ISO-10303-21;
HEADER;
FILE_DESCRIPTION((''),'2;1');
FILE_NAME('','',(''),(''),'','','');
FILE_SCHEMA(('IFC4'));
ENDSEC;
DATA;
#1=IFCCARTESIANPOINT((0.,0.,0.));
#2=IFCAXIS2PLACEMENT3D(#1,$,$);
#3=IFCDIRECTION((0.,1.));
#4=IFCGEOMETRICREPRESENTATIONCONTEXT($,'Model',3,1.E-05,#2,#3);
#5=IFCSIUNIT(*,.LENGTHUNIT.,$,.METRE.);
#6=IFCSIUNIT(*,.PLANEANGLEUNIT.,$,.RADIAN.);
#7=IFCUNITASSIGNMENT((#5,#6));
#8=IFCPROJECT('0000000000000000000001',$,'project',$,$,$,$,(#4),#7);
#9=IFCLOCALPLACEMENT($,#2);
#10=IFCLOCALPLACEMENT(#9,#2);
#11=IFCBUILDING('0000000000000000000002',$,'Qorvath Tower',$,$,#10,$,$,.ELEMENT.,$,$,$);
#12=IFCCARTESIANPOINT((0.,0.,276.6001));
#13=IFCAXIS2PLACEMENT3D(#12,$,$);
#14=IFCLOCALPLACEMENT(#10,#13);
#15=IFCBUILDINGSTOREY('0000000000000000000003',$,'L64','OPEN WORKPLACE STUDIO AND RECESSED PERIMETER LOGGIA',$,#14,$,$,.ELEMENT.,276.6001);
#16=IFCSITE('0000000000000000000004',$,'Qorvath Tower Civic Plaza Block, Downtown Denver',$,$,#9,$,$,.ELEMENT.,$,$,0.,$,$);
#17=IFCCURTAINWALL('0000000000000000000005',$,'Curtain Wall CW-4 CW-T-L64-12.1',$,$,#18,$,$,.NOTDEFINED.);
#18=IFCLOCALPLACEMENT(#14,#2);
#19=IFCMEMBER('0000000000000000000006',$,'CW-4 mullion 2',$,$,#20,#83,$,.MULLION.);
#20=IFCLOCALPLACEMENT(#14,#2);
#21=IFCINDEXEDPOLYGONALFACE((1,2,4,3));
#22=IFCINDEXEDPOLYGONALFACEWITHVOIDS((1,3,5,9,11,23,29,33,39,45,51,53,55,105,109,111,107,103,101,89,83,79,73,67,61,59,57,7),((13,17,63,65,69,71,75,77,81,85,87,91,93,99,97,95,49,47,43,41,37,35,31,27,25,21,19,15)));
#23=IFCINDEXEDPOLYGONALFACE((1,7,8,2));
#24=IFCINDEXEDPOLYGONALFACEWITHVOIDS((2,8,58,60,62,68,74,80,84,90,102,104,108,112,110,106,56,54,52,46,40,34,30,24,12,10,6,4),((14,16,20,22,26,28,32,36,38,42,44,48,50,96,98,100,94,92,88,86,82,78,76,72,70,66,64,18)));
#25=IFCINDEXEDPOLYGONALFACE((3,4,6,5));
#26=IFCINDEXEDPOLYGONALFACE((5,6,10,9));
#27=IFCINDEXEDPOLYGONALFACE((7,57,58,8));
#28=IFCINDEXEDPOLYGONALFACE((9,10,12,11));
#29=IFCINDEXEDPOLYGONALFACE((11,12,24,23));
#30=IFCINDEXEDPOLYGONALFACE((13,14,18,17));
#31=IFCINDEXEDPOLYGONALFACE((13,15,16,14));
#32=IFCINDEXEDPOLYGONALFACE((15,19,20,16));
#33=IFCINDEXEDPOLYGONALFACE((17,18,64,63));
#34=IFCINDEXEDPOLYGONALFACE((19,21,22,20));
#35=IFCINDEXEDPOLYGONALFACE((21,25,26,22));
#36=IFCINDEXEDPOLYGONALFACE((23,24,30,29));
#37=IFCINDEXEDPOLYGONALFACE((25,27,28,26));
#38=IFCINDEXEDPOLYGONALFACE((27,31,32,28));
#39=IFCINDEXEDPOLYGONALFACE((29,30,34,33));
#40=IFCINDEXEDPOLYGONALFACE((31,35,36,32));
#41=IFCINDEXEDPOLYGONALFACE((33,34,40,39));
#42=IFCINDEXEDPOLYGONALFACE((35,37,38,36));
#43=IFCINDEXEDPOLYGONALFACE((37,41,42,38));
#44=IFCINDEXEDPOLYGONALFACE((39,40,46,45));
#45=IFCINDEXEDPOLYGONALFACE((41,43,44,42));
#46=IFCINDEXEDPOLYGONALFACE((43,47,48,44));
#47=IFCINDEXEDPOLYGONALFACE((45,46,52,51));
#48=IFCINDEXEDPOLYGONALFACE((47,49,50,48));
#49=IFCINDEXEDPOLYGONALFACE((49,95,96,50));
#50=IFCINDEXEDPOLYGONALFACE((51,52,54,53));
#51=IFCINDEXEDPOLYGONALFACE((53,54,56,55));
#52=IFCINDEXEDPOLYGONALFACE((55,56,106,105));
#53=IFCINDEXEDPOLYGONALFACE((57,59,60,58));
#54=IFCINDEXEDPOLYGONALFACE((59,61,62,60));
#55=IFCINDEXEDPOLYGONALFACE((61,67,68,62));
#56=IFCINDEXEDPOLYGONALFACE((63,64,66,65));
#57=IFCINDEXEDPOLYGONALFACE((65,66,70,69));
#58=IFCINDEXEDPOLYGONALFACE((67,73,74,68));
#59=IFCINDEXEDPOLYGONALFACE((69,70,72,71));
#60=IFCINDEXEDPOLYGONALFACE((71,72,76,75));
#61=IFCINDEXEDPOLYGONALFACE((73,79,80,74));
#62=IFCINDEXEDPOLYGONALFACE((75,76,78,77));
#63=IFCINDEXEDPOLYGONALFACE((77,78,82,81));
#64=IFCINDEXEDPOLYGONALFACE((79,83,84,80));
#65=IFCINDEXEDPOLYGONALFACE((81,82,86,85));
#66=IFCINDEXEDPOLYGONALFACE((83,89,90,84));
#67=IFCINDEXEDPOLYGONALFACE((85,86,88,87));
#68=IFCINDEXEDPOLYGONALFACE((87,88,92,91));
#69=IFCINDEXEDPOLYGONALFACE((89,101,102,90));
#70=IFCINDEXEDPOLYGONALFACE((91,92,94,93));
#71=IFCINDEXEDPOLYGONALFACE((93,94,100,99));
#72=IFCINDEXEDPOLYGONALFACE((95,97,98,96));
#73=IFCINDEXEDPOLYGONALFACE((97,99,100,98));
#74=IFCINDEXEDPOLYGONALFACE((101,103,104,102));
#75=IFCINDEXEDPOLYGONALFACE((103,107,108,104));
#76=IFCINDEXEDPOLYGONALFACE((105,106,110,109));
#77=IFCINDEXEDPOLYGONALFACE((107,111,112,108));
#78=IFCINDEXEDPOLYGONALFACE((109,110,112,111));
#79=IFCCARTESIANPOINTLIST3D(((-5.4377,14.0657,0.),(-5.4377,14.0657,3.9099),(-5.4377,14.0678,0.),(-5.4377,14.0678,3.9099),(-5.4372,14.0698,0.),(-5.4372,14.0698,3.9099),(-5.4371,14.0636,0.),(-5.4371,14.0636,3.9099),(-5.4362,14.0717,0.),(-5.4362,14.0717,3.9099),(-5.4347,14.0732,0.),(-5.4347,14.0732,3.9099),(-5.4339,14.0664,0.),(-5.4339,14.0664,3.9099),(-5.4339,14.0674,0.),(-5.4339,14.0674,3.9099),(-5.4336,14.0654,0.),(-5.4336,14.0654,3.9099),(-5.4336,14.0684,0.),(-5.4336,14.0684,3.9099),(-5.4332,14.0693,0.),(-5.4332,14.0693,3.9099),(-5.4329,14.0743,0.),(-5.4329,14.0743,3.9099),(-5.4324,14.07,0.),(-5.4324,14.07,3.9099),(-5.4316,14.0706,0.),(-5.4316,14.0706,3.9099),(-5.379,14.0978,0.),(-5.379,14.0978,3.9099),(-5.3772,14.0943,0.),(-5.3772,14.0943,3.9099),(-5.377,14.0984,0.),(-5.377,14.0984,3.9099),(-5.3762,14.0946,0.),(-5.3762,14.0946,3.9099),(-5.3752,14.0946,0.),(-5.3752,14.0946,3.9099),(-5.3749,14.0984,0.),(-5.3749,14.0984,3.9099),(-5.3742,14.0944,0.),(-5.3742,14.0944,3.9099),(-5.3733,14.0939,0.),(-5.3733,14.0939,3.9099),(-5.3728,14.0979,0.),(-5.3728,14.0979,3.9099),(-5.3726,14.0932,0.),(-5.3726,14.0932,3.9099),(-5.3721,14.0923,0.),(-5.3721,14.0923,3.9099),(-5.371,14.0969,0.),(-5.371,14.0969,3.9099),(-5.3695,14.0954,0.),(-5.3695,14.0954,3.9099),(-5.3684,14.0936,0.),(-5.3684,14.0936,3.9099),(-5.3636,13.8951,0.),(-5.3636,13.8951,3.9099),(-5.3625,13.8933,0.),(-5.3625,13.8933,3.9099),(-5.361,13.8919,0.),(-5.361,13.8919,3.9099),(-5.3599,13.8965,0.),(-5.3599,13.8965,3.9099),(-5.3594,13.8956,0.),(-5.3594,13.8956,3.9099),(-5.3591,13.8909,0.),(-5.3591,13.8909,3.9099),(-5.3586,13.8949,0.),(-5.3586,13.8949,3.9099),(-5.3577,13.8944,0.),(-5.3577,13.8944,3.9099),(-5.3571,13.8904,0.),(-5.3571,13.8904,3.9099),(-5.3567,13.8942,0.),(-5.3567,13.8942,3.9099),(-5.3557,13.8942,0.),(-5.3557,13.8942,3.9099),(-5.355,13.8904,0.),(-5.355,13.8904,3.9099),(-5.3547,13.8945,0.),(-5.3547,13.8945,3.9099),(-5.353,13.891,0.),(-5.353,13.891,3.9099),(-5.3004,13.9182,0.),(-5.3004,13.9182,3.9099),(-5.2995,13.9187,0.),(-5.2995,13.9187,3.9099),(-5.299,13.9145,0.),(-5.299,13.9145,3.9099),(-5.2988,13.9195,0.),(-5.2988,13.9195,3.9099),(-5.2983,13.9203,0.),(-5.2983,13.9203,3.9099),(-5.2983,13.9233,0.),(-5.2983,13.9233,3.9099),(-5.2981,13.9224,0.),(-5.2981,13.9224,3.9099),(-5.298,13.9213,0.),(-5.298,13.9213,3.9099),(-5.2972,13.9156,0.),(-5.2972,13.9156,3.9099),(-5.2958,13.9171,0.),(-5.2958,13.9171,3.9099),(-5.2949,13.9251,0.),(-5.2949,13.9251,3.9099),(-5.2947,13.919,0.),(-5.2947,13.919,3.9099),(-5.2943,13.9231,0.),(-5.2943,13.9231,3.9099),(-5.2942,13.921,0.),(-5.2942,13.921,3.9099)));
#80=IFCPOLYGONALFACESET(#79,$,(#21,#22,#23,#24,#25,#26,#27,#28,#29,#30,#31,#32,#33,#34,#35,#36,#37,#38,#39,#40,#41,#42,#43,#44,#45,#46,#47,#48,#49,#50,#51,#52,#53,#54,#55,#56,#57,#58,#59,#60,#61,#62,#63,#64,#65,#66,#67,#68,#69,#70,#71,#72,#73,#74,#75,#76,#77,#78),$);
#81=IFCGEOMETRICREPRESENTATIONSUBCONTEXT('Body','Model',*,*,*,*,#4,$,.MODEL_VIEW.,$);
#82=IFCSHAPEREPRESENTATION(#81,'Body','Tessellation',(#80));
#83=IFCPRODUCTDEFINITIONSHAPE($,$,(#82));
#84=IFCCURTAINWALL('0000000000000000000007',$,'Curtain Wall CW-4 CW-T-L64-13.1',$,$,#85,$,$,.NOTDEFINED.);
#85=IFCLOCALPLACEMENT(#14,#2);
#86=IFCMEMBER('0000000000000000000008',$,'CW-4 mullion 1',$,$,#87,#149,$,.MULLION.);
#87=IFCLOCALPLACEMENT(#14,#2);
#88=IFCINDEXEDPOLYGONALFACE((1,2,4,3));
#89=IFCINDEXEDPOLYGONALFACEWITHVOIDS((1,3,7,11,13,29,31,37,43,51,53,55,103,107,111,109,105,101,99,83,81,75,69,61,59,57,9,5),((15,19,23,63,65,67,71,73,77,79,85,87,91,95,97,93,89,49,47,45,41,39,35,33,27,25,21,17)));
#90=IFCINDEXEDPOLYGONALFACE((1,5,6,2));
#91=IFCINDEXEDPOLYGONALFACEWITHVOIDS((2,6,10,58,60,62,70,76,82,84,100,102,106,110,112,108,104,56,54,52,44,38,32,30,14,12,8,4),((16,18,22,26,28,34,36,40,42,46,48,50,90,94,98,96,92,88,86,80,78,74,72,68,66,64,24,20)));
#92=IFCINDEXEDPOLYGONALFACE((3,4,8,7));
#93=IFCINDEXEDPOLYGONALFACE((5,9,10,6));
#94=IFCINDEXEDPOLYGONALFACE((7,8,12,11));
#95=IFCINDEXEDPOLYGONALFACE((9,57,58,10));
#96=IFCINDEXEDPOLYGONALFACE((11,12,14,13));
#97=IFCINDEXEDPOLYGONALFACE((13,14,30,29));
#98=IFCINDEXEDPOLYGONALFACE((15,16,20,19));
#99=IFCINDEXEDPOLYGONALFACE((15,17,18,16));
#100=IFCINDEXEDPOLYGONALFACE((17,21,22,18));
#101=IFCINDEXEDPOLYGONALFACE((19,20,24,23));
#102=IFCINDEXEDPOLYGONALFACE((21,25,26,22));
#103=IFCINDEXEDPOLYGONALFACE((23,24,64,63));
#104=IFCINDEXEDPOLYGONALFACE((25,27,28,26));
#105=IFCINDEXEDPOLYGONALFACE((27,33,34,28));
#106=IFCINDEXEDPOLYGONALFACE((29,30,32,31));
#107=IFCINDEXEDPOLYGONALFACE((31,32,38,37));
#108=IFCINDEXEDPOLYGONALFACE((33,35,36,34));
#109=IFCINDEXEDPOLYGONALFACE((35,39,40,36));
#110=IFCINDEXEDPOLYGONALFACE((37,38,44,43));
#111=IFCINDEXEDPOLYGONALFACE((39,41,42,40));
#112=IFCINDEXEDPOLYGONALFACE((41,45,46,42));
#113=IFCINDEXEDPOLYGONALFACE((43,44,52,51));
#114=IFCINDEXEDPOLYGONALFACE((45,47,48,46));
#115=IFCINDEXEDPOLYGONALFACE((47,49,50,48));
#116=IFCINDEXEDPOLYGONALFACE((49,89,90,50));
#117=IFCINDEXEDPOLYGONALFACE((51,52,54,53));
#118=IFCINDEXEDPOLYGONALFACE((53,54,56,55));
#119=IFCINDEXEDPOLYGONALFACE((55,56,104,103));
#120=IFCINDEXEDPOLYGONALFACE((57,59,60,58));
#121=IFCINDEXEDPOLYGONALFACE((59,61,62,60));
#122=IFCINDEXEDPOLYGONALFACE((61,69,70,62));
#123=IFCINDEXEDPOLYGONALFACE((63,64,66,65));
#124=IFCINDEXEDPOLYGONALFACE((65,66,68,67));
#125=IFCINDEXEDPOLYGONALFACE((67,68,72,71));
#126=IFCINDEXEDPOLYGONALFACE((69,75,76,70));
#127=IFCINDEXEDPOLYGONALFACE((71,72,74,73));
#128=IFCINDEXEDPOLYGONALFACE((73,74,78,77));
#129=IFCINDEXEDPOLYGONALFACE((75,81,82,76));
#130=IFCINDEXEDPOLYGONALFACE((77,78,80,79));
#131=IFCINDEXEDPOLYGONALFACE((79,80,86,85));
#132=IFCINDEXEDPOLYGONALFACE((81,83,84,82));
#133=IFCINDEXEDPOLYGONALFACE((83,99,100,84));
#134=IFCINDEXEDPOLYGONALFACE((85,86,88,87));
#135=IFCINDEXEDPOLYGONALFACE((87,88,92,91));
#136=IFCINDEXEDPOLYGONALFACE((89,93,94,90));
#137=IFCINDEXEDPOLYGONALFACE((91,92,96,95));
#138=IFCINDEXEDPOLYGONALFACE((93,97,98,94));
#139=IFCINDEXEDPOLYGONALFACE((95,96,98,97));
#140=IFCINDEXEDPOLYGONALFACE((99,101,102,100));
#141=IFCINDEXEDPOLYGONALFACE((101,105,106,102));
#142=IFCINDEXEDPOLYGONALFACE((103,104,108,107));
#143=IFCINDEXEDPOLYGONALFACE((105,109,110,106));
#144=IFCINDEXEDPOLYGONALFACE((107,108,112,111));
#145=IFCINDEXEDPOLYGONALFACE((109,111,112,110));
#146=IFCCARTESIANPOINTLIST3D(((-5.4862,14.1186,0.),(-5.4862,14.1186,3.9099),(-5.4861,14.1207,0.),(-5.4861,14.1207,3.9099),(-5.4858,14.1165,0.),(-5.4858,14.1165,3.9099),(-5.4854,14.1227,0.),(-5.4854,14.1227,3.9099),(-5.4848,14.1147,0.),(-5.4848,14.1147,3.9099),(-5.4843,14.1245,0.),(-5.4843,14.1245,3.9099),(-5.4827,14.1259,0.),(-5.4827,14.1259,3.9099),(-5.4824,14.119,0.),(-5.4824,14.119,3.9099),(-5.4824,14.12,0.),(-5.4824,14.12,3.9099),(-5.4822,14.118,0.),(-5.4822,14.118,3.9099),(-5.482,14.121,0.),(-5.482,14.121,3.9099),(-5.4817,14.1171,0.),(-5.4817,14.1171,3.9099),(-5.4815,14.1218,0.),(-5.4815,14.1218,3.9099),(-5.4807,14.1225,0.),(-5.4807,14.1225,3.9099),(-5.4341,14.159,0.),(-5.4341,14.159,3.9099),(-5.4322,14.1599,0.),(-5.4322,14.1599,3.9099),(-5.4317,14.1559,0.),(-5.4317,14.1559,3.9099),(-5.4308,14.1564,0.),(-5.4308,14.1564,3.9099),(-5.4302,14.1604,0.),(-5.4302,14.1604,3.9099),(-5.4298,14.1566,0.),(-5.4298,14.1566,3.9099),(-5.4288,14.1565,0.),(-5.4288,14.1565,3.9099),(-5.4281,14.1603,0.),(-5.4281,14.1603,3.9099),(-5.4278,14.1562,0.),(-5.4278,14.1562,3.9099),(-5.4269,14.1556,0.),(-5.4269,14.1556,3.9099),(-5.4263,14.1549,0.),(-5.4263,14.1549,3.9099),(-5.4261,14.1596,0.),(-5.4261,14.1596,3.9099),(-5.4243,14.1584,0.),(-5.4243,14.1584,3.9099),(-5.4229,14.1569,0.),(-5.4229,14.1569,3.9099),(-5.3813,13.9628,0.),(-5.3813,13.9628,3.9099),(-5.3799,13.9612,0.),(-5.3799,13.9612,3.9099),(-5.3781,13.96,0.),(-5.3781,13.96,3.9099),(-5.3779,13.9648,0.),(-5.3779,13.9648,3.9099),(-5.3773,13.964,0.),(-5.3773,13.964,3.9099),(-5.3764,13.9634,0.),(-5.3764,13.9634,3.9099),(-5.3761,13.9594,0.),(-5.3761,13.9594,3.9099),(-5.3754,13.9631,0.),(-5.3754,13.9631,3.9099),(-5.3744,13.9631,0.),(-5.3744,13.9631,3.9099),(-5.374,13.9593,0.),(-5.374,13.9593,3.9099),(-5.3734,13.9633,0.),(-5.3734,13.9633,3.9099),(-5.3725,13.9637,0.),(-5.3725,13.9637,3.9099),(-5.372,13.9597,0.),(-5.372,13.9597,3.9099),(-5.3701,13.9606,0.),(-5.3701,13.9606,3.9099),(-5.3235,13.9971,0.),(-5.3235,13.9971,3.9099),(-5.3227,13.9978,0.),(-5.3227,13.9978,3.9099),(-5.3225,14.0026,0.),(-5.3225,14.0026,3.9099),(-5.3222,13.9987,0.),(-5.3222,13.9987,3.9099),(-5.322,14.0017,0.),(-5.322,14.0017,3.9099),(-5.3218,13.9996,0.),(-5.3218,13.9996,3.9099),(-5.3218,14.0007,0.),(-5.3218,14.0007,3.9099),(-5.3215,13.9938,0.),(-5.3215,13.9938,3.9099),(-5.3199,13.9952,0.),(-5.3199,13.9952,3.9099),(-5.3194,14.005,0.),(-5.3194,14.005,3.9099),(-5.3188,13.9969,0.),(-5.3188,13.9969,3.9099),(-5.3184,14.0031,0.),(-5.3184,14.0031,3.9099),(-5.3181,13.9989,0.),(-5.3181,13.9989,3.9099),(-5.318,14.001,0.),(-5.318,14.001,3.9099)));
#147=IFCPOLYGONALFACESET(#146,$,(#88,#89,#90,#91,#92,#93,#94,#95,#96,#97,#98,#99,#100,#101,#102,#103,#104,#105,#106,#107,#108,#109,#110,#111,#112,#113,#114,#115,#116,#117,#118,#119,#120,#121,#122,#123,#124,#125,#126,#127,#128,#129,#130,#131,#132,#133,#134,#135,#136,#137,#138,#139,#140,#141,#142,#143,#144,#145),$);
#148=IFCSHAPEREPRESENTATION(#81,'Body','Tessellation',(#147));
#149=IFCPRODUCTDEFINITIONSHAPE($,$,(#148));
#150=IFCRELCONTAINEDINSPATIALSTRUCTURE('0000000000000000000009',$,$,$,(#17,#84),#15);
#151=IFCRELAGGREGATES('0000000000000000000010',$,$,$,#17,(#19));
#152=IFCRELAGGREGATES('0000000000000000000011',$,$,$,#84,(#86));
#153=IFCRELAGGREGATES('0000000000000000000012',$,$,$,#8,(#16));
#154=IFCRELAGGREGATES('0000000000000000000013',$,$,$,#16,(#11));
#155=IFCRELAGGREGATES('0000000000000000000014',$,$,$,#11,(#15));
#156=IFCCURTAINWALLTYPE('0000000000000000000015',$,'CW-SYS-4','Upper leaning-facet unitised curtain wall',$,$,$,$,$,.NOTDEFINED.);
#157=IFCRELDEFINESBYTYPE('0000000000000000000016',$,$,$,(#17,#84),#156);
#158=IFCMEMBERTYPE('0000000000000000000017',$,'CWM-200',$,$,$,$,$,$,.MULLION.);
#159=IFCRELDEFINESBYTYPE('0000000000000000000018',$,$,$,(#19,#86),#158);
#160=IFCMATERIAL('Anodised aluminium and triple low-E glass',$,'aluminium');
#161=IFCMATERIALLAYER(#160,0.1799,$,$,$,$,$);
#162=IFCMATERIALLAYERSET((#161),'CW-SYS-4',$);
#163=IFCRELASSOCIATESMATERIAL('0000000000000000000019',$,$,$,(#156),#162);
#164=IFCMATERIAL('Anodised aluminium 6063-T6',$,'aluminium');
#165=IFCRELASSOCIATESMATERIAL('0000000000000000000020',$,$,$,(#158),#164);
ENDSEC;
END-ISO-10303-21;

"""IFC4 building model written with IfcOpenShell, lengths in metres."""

from ifc_helpers import new_model, si_unit, direction, frame, origin, origin_2d, place, context, subcontext, project, spatial, hollow_rectangle, extrude, material, layer, layer_set, material_profile, profile_set, type_object, element, aggregate, save


model = new_model("IFC4")

# Units and contexts
model_context = context("Model", 3, precision=1e-05, world=origin(), true_north=direction((0.0, 1.0)))
body_context = subcontext(model_context, "Body", "Model", "MODEL_VIEW")
ifc_project = project(units=[si_unit("LENGTHUNIT", "METRE"), si_unit("PLANEANGLEUNIT", "RADIAN")], contexts=[model_context])

# Site, building, storey
site_placement = place(None, origin())
site = spatial("IfcSite", under=ifc_project, at=site_placement, Name="Qorvath Tower Civic Plaza Block, Downtown Denver", CompositionType="ELEMENT", RefElevation=0.0)
building_placement = place(site_placement, origin())
building = spatial("IfcBuilding", under=site, at=building_placement, Name="Qorvath Tower", CompositionType="ELEMENT")
storey_placement = place(building_placement, frame((0.0, 0.0, 276.6001)))
storey = spatial("IfcBuildingStorey", under=building, at=storey_placement, Name="L64", Description="OPEN WORKPLACE STUDIO AND RECESSED PERIMETER LOGGIA", CompositionType="ELEMENT", Elevation=276.6001)

# Shared definitions
ifc_material_1 = material(Name="Anodised aluminium and triple low-E glass", Category="aluminium")
ifc_layer_1 = layer(ifc_material_1, 0.1799)
ifc_layer_set_1 = layer_set([ifc_layer_1], Name="CW-SYS-4")
curtain_wall_type = type_object("IfcCurtainWallType", Name="CW-SYS-4", Description="Upper leaning-facet unitised curtain wall", PredefinedType="NOTDEFINED", material=ifc_layer_set_1)
ifc_material_2 = material(Name="Anodised aluminium 6063-T6", Category="aluminium")
ifc_material_profile_1 = material_profile(ifc_material_2, hollow_rectangle(XDim=0.075, YDim=0.2, WallThickness=0.0039, InnerFilletRadius=0.0039, OuterFilletRadius=0.0081, at=origin_2d()), Name="CWM 200x75")
ifc_profile_set_1 = profile_set([ifc_material_profile_1], Name="Anodised aluminium 6063-T6")
member_type_1 = type_object("IfcMemberType", Name="CWM-200", PredefinedType="MULLION", material=ifc_profile_set_1)

# Curtain walls, members
curtain_wall_1_placement = place(storey_placement, origin())
curtain_wall_1 = element("IfcCurtainWall", 1, at=curtain_wall_1_placement, inside=storey, type_object=curtain_wall_type, Name="Curtain Wall CW-4 CW-T-L64-12.1", PredefinedType="NOTDEFINED")
member_1_placement = place(storey_placement, frame((-5.366, 13.9944, 0.0), z_axis=(0.0, 0.0, 1.0), x_axis=(-0.916559, -0.3999, 0.0)))
member_1 = element("IfcMember", 2, at=member_1_placement, type_object=member_type_1, Name="CW-4 mullion 2", PredefinedType="MULLION", context=body_context, shape_type="SweptSolid", body=[
    extrude(hollow_rectangle(XDim=0.075, YDim=0.2, WallThickness=0.0039, InnerFilletRadius=0.0039, OuterFilletRadius=0.0081, at=origin_2d()), origin(), (0.0, 0.0, 1.0), 3.9099),
])
curtain_wall_2_placement = place(storey_placement, origin())
curtain_wall_2 = element("IfcCurtainWall", 3, at=curtain_wall_2_placement, inside=storey, type_object=curtain_wall_type, Name="Curtain Wall CW-4 CW-T-L64-13.1", PredefinedType="NOTDEFINED")
member_2_placement = place(storey_placement, frame((-5.4021, 14.0598, 0.0), z_axis=(0.0, 0.0, 1.0), x_axis=(-0.826319, -0.563203, 0.0)))
member_2 = element("IfcMember", 4, at=member_2_placement, type_object=member_type_1, Name="CW-4 mullion 1", PredefinedType="MULLION", context=body_context, shape_type="SweptSolid", body=[
    extrude(hollow_rectangle(XDim=0.075, YDim=0.2, WallThickness=0.0039, InnerFilletRadius=0.0039, OuterFilletRadius=0.0081, at=origin_2d()), origin(), (0.0, 0.0, 1.0), 3.9099),
])

aggregate(curtain_wall_1, [member_1])
aggregate(curtain_wall_2, [member_2])

save(model, "model.ifc")
